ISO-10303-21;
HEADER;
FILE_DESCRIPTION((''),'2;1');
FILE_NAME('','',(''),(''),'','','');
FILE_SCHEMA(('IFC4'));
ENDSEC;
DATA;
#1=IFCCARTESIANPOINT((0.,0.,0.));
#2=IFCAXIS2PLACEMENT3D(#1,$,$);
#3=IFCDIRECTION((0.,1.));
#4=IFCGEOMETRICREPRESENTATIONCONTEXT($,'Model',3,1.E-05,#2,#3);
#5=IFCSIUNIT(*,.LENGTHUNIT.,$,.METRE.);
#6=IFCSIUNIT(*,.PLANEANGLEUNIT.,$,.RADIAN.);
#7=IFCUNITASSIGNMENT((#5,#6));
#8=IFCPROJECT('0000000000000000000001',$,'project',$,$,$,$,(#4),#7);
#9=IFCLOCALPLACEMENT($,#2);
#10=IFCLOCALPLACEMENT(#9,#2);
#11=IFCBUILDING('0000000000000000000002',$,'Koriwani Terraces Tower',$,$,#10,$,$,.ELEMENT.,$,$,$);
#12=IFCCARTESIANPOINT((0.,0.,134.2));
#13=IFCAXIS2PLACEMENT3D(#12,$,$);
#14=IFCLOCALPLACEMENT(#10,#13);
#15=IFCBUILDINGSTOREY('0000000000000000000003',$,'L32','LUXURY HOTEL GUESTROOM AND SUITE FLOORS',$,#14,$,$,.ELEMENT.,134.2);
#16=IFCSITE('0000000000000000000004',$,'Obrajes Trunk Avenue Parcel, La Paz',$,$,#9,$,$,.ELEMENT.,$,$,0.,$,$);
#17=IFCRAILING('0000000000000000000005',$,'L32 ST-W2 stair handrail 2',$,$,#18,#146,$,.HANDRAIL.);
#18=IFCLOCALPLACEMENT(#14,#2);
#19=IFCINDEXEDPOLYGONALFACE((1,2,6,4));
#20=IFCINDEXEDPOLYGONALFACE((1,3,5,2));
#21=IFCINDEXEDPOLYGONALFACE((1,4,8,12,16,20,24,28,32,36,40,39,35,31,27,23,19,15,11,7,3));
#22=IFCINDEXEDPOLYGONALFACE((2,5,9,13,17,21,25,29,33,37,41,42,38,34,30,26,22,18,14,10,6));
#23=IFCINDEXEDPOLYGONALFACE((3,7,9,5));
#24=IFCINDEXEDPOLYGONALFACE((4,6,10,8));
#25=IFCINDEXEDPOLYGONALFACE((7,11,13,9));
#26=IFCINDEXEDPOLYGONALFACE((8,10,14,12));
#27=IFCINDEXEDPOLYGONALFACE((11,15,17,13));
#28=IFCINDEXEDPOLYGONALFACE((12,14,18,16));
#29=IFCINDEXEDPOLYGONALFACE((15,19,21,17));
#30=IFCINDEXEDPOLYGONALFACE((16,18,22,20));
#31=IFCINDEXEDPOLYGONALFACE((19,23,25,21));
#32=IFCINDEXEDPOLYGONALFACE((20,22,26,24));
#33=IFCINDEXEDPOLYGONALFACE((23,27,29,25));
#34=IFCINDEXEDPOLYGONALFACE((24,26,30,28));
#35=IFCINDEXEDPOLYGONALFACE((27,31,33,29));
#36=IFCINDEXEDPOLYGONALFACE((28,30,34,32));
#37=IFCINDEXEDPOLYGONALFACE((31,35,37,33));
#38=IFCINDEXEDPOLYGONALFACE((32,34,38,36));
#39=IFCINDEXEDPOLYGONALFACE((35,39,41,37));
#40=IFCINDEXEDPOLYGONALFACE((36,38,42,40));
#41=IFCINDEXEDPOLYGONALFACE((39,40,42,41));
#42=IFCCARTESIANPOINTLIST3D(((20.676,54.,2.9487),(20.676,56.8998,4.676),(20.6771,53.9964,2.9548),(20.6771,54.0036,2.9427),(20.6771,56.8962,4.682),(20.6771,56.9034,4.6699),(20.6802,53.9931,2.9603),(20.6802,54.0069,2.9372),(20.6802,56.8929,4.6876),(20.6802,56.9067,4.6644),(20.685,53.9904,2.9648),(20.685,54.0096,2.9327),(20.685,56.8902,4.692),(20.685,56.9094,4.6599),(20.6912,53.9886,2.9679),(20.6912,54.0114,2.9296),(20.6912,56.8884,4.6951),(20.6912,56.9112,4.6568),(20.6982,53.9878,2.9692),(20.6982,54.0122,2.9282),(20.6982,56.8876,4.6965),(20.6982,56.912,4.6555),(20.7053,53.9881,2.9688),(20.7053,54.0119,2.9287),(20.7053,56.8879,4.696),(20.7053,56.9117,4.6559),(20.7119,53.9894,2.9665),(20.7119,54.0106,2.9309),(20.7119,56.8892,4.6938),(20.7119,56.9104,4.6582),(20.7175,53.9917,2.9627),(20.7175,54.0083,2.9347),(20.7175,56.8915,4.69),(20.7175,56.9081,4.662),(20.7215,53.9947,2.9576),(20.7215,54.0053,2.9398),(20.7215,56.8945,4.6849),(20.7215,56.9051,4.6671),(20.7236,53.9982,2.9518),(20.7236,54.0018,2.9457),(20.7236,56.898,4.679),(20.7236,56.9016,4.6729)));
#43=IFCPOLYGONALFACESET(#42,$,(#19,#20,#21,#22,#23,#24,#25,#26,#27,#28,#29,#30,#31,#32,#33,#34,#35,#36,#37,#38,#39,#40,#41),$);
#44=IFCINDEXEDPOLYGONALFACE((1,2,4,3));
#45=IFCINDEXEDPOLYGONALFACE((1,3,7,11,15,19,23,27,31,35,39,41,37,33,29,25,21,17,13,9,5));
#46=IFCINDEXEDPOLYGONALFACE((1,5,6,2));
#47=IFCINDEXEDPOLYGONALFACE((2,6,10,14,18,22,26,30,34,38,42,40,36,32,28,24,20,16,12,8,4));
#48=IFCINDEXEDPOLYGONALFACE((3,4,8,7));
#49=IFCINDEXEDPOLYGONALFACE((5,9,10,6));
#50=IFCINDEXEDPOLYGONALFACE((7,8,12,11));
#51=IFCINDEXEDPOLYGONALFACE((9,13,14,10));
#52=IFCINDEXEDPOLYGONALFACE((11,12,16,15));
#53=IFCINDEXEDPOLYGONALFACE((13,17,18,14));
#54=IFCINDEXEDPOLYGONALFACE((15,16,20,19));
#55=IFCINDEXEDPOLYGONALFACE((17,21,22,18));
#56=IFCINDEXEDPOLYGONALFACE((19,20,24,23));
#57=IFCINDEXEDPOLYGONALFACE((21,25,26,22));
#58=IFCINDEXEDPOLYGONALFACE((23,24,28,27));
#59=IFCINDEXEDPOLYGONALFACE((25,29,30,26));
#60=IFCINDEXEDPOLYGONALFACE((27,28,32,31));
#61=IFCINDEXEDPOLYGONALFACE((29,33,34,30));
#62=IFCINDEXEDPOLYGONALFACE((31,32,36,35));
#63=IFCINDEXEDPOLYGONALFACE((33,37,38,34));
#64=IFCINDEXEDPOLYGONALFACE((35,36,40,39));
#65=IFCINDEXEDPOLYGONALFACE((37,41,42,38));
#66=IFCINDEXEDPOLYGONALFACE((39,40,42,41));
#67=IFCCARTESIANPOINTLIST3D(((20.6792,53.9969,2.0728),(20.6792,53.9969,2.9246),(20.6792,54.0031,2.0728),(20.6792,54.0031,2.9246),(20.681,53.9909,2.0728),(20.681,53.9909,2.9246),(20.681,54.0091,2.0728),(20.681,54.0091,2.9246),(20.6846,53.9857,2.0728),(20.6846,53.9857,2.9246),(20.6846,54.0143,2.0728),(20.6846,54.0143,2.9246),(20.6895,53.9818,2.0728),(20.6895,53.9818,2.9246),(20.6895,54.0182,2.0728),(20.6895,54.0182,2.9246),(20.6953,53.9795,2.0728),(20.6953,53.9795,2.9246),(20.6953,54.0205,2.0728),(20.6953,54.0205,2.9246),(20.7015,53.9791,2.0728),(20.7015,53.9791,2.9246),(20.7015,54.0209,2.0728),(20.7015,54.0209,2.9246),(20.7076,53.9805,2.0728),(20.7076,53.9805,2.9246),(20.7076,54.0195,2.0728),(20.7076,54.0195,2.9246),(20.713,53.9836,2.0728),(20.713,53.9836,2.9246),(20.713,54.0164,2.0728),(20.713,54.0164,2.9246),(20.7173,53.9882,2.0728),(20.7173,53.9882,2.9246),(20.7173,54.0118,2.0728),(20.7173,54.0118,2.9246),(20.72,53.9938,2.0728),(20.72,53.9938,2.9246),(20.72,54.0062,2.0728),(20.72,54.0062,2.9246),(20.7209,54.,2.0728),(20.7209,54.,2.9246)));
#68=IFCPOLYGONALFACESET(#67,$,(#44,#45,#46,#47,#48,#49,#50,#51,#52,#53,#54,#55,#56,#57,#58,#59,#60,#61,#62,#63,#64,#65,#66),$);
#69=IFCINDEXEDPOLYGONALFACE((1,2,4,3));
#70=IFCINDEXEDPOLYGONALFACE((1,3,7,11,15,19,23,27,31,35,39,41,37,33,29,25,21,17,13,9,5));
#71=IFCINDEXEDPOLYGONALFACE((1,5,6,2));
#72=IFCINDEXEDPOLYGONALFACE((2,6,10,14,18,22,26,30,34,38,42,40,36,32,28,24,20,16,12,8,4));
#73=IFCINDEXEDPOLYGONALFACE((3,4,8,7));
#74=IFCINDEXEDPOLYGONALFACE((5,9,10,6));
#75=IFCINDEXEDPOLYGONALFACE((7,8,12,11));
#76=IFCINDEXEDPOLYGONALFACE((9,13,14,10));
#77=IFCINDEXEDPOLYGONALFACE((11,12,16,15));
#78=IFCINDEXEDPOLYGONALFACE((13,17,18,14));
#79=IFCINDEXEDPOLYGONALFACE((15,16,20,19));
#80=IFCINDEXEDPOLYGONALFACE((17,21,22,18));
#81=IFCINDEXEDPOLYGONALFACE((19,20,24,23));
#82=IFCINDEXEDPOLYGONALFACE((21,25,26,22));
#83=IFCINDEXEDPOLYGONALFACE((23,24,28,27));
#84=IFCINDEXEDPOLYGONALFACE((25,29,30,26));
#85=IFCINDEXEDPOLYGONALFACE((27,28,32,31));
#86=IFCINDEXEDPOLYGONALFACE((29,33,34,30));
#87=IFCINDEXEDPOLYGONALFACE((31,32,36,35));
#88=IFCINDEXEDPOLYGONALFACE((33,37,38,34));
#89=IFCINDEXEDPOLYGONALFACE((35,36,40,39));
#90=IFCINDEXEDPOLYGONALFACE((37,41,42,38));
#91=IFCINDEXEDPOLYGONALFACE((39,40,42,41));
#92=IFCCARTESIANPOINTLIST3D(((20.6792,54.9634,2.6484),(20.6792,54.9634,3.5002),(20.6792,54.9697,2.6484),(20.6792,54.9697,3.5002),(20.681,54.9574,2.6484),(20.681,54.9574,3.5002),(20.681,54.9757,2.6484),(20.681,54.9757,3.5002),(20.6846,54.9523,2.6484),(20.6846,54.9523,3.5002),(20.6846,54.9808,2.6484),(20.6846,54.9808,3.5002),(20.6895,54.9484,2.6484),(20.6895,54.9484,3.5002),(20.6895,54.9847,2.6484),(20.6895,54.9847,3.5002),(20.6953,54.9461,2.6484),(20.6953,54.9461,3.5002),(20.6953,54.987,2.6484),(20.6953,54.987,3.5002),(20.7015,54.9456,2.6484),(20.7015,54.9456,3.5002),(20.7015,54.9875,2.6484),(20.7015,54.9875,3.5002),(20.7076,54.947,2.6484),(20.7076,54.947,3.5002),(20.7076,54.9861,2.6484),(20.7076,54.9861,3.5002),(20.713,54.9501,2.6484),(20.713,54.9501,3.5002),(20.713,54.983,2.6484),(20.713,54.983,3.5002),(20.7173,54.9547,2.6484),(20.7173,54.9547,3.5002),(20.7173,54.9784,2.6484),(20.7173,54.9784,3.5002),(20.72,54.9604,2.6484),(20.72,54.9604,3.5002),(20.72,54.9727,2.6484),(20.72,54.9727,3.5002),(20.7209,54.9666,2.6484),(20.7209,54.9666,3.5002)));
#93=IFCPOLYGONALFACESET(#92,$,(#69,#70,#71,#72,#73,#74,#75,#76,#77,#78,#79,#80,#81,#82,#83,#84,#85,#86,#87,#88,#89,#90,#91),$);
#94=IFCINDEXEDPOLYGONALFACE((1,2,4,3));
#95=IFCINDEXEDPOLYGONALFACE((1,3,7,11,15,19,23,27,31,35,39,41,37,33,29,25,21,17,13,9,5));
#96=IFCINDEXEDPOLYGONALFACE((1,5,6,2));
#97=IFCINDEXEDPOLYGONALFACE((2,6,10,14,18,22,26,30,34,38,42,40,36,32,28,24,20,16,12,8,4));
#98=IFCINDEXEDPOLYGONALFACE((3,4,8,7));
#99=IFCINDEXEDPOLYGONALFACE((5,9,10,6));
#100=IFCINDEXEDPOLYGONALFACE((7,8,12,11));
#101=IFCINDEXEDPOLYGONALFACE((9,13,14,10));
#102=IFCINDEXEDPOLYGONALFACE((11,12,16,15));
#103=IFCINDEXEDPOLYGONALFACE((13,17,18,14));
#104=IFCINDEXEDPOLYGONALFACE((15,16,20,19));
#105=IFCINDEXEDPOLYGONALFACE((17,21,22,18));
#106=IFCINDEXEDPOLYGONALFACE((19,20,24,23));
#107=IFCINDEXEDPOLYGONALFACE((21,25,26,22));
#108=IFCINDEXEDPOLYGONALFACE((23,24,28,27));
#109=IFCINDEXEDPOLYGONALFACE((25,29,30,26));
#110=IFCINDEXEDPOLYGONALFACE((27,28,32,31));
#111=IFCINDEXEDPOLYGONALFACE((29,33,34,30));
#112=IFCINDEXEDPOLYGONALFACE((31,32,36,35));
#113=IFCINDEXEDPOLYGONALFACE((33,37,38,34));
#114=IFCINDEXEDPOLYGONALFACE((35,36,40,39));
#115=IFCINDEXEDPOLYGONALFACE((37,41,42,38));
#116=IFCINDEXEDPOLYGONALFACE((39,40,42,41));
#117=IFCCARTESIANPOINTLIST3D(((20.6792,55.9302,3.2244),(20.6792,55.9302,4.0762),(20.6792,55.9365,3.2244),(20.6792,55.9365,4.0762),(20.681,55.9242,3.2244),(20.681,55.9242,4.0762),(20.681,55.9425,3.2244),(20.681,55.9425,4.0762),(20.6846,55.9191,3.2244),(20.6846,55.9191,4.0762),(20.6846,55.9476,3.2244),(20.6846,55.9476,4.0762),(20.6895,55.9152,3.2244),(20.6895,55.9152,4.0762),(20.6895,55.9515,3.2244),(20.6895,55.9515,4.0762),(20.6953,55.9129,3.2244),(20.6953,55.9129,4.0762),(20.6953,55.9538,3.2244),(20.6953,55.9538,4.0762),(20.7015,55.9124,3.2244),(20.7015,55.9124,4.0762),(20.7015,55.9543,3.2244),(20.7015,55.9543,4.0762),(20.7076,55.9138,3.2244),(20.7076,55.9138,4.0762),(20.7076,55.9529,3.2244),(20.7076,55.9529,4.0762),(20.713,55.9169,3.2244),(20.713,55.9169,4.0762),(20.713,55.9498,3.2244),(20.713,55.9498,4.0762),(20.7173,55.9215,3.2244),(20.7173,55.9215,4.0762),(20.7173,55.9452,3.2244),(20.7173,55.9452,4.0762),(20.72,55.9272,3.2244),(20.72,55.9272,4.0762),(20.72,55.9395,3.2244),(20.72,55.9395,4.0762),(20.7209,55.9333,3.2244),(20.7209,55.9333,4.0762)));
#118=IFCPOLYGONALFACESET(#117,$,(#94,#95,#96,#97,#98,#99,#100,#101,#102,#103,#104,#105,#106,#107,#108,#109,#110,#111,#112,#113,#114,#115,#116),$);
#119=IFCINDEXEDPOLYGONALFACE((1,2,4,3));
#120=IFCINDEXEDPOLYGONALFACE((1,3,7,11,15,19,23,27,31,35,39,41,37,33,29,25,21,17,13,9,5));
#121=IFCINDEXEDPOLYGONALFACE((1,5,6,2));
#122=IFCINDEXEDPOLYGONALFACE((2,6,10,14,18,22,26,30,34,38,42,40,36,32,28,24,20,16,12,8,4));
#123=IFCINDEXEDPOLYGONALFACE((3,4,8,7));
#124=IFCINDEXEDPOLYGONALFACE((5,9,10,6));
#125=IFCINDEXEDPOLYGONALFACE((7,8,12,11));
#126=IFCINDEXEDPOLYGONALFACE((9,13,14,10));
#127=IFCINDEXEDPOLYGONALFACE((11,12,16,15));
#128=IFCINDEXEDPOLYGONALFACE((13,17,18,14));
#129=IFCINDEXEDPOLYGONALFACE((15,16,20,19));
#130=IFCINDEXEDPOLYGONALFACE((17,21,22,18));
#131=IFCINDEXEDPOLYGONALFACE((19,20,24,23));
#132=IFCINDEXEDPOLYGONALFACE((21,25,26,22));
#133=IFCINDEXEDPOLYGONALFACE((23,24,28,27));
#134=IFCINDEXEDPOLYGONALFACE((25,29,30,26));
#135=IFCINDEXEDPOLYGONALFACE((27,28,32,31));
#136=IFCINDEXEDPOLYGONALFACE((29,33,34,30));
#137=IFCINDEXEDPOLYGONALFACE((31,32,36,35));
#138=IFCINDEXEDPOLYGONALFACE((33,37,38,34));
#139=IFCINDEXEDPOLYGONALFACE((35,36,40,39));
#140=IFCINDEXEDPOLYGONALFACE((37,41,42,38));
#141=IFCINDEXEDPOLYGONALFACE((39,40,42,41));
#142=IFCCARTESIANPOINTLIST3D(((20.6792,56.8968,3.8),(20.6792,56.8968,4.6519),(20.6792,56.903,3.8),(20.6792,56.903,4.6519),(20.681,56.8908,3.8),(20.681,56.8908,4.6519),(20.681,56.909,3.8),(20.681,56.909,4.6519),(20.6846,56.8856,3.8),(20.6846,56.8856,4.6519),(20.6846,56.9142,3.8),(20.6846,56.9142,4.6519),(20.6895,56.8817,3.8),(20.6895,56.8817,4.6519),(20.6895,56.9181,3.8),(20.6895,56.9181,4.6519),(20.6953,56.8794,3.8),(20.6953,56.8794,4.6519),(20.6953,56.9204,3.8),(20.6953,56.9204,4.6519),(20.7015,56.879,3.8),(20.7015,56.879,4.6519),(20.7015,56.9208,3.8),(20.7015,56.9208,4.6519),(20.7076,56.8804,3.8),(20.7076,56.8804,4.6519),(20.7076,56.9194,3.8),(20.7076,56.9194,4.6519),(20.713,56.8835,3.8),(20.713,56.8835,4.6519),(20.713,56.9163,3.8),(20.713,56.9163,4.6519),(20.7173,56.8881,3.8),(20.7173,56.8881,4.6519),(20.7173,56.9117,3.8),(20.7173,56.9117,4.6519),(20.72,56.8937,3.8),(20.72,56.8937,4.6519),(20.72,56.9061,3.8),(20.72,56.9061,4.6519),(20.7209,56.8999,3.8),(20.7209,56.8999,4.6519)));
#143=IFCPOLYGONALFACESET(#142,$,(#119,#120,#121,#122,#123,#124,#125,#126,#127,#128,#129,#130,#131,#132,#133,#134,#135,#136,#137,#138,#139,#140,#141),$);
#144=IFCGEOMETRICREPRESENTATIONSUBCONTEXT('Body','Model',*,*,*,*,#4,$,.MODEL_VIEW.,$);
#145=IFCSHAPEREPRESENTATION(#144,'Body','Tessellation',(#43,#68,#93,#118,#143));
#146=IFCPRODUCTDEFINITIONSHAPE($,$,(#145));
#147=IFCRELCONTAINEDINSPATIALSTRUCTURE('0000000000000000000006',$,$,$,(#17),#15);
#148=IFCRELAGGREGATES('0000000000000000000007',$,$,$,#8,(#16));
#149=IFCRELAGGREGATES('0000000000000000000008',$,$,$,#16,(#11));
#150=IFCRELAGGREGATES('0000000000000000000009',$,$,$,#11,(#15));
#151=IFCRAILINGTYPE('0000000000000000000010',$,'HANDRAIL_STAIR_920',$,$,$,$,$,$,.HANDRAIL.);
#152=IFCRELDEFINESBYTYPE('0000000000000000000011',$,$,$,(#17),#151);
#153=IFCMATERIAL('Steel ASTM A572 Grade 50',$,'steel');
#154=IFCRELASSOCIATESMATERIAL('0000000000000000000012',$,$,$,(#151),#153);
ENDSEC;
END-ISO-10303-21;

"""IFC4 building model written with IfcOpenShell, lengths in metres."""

from ifc_helpers import new_model, si_unit, direction, frame, origin, origin_2d, place, context, subcontext, project, spatial, circle, extrude, material, type_object, element, save


model = new_model("IFC4")

# Units and contexts
model_context = context("Model", 3, precision=1e-05, world=origin(), true_north=direction((0.0, 1.0)))
body_context = subcontext(model_context, "Body", "Model", "MODEL_VIEW")
ifc_project = project(units=[si_unit("LENGTHUNIT", "METRE"), si_unit("PLANEANGLEUNIT", "RADIAN")], contexts=[model_context])

# Site, building, storey
site_placement = place(None, origin())
site = spatial("IfcSite", under=ifc_project, at=site_placement, Name="Obrajes Trunk Avenue Parcel, La Paz", CompositionType="ELEMENT", RefElevation=0.0)
building_placement = place(site_placement, origin())
building = spatial("IfcBuilding", under=site, at=building_placement, Name="Koriwani Terraces Tower", CompositionType="ELEMENT")
storey_placement = place(building_placement, frame((0.0, 0.0, 134.2)))
storey = spatial("IfcBuildingStorey", under=building, at=storey_placement, Name="L32", Description="LUXURY HOTEL GUESTROOM AND SUITE FLOORS", CompositionType="ELEMENT", Elevation=134.2)

# Shared definitions
ifc_material_1 = material(Name="Steel ASTM A572 Grade 50", Category="steel")

# Railing
railing_type = type_object("IfcRailingType", Name="HANDRAIL_STAIR_920", PredefinedType="HANDRAIL", material=ifc_material_1)
for number, where, name in (
    (1, (20.7, 54.0, 2.0728), "L32 ST-W2 stair handrail 2"),
):
    element("IfcRailing", number, at=place(storey_placement, frame(where)), inside=storey, type_object=railing_type, Name=name, PredefinedType="HANDRAIL", context=body_context, shape_type="SweptSolid", body=[
        extrude(circle(Radius=0.0239, at=origin_2d()), frame((0.0, 0.0, 0.876), z_axis=(0.0, 0.859141, 0.511738), x_axis=(-1.0, 0.0, 0.0)), (0.0, 0.0, 1.0), 3.3752),
        extrude(circle(Radius=0.021, at=origin_2d()), origin(), (0.0, 0.0, 1.0), 0.8518),
        extrude(circle(Radius=0.021, at=origin_2d()), frame((0.0, 0.9666, 0.5757)), (0.0, 0.0, 1.0), 0.8518),
        extrude(circle(Radius=0.021, at=origin_2d()), frame((0.0, 1.9333, 1.1516)), (0.0, 0.0, 1.0), 0.8518),
        extrude(circle(Radius=0.021, at=origin_2d()), frame((0.0, 2.8999, 1.7273)), (0.0, 0.0, 1.0), 0.8518),
    ])

save(model, "model.ifc")
